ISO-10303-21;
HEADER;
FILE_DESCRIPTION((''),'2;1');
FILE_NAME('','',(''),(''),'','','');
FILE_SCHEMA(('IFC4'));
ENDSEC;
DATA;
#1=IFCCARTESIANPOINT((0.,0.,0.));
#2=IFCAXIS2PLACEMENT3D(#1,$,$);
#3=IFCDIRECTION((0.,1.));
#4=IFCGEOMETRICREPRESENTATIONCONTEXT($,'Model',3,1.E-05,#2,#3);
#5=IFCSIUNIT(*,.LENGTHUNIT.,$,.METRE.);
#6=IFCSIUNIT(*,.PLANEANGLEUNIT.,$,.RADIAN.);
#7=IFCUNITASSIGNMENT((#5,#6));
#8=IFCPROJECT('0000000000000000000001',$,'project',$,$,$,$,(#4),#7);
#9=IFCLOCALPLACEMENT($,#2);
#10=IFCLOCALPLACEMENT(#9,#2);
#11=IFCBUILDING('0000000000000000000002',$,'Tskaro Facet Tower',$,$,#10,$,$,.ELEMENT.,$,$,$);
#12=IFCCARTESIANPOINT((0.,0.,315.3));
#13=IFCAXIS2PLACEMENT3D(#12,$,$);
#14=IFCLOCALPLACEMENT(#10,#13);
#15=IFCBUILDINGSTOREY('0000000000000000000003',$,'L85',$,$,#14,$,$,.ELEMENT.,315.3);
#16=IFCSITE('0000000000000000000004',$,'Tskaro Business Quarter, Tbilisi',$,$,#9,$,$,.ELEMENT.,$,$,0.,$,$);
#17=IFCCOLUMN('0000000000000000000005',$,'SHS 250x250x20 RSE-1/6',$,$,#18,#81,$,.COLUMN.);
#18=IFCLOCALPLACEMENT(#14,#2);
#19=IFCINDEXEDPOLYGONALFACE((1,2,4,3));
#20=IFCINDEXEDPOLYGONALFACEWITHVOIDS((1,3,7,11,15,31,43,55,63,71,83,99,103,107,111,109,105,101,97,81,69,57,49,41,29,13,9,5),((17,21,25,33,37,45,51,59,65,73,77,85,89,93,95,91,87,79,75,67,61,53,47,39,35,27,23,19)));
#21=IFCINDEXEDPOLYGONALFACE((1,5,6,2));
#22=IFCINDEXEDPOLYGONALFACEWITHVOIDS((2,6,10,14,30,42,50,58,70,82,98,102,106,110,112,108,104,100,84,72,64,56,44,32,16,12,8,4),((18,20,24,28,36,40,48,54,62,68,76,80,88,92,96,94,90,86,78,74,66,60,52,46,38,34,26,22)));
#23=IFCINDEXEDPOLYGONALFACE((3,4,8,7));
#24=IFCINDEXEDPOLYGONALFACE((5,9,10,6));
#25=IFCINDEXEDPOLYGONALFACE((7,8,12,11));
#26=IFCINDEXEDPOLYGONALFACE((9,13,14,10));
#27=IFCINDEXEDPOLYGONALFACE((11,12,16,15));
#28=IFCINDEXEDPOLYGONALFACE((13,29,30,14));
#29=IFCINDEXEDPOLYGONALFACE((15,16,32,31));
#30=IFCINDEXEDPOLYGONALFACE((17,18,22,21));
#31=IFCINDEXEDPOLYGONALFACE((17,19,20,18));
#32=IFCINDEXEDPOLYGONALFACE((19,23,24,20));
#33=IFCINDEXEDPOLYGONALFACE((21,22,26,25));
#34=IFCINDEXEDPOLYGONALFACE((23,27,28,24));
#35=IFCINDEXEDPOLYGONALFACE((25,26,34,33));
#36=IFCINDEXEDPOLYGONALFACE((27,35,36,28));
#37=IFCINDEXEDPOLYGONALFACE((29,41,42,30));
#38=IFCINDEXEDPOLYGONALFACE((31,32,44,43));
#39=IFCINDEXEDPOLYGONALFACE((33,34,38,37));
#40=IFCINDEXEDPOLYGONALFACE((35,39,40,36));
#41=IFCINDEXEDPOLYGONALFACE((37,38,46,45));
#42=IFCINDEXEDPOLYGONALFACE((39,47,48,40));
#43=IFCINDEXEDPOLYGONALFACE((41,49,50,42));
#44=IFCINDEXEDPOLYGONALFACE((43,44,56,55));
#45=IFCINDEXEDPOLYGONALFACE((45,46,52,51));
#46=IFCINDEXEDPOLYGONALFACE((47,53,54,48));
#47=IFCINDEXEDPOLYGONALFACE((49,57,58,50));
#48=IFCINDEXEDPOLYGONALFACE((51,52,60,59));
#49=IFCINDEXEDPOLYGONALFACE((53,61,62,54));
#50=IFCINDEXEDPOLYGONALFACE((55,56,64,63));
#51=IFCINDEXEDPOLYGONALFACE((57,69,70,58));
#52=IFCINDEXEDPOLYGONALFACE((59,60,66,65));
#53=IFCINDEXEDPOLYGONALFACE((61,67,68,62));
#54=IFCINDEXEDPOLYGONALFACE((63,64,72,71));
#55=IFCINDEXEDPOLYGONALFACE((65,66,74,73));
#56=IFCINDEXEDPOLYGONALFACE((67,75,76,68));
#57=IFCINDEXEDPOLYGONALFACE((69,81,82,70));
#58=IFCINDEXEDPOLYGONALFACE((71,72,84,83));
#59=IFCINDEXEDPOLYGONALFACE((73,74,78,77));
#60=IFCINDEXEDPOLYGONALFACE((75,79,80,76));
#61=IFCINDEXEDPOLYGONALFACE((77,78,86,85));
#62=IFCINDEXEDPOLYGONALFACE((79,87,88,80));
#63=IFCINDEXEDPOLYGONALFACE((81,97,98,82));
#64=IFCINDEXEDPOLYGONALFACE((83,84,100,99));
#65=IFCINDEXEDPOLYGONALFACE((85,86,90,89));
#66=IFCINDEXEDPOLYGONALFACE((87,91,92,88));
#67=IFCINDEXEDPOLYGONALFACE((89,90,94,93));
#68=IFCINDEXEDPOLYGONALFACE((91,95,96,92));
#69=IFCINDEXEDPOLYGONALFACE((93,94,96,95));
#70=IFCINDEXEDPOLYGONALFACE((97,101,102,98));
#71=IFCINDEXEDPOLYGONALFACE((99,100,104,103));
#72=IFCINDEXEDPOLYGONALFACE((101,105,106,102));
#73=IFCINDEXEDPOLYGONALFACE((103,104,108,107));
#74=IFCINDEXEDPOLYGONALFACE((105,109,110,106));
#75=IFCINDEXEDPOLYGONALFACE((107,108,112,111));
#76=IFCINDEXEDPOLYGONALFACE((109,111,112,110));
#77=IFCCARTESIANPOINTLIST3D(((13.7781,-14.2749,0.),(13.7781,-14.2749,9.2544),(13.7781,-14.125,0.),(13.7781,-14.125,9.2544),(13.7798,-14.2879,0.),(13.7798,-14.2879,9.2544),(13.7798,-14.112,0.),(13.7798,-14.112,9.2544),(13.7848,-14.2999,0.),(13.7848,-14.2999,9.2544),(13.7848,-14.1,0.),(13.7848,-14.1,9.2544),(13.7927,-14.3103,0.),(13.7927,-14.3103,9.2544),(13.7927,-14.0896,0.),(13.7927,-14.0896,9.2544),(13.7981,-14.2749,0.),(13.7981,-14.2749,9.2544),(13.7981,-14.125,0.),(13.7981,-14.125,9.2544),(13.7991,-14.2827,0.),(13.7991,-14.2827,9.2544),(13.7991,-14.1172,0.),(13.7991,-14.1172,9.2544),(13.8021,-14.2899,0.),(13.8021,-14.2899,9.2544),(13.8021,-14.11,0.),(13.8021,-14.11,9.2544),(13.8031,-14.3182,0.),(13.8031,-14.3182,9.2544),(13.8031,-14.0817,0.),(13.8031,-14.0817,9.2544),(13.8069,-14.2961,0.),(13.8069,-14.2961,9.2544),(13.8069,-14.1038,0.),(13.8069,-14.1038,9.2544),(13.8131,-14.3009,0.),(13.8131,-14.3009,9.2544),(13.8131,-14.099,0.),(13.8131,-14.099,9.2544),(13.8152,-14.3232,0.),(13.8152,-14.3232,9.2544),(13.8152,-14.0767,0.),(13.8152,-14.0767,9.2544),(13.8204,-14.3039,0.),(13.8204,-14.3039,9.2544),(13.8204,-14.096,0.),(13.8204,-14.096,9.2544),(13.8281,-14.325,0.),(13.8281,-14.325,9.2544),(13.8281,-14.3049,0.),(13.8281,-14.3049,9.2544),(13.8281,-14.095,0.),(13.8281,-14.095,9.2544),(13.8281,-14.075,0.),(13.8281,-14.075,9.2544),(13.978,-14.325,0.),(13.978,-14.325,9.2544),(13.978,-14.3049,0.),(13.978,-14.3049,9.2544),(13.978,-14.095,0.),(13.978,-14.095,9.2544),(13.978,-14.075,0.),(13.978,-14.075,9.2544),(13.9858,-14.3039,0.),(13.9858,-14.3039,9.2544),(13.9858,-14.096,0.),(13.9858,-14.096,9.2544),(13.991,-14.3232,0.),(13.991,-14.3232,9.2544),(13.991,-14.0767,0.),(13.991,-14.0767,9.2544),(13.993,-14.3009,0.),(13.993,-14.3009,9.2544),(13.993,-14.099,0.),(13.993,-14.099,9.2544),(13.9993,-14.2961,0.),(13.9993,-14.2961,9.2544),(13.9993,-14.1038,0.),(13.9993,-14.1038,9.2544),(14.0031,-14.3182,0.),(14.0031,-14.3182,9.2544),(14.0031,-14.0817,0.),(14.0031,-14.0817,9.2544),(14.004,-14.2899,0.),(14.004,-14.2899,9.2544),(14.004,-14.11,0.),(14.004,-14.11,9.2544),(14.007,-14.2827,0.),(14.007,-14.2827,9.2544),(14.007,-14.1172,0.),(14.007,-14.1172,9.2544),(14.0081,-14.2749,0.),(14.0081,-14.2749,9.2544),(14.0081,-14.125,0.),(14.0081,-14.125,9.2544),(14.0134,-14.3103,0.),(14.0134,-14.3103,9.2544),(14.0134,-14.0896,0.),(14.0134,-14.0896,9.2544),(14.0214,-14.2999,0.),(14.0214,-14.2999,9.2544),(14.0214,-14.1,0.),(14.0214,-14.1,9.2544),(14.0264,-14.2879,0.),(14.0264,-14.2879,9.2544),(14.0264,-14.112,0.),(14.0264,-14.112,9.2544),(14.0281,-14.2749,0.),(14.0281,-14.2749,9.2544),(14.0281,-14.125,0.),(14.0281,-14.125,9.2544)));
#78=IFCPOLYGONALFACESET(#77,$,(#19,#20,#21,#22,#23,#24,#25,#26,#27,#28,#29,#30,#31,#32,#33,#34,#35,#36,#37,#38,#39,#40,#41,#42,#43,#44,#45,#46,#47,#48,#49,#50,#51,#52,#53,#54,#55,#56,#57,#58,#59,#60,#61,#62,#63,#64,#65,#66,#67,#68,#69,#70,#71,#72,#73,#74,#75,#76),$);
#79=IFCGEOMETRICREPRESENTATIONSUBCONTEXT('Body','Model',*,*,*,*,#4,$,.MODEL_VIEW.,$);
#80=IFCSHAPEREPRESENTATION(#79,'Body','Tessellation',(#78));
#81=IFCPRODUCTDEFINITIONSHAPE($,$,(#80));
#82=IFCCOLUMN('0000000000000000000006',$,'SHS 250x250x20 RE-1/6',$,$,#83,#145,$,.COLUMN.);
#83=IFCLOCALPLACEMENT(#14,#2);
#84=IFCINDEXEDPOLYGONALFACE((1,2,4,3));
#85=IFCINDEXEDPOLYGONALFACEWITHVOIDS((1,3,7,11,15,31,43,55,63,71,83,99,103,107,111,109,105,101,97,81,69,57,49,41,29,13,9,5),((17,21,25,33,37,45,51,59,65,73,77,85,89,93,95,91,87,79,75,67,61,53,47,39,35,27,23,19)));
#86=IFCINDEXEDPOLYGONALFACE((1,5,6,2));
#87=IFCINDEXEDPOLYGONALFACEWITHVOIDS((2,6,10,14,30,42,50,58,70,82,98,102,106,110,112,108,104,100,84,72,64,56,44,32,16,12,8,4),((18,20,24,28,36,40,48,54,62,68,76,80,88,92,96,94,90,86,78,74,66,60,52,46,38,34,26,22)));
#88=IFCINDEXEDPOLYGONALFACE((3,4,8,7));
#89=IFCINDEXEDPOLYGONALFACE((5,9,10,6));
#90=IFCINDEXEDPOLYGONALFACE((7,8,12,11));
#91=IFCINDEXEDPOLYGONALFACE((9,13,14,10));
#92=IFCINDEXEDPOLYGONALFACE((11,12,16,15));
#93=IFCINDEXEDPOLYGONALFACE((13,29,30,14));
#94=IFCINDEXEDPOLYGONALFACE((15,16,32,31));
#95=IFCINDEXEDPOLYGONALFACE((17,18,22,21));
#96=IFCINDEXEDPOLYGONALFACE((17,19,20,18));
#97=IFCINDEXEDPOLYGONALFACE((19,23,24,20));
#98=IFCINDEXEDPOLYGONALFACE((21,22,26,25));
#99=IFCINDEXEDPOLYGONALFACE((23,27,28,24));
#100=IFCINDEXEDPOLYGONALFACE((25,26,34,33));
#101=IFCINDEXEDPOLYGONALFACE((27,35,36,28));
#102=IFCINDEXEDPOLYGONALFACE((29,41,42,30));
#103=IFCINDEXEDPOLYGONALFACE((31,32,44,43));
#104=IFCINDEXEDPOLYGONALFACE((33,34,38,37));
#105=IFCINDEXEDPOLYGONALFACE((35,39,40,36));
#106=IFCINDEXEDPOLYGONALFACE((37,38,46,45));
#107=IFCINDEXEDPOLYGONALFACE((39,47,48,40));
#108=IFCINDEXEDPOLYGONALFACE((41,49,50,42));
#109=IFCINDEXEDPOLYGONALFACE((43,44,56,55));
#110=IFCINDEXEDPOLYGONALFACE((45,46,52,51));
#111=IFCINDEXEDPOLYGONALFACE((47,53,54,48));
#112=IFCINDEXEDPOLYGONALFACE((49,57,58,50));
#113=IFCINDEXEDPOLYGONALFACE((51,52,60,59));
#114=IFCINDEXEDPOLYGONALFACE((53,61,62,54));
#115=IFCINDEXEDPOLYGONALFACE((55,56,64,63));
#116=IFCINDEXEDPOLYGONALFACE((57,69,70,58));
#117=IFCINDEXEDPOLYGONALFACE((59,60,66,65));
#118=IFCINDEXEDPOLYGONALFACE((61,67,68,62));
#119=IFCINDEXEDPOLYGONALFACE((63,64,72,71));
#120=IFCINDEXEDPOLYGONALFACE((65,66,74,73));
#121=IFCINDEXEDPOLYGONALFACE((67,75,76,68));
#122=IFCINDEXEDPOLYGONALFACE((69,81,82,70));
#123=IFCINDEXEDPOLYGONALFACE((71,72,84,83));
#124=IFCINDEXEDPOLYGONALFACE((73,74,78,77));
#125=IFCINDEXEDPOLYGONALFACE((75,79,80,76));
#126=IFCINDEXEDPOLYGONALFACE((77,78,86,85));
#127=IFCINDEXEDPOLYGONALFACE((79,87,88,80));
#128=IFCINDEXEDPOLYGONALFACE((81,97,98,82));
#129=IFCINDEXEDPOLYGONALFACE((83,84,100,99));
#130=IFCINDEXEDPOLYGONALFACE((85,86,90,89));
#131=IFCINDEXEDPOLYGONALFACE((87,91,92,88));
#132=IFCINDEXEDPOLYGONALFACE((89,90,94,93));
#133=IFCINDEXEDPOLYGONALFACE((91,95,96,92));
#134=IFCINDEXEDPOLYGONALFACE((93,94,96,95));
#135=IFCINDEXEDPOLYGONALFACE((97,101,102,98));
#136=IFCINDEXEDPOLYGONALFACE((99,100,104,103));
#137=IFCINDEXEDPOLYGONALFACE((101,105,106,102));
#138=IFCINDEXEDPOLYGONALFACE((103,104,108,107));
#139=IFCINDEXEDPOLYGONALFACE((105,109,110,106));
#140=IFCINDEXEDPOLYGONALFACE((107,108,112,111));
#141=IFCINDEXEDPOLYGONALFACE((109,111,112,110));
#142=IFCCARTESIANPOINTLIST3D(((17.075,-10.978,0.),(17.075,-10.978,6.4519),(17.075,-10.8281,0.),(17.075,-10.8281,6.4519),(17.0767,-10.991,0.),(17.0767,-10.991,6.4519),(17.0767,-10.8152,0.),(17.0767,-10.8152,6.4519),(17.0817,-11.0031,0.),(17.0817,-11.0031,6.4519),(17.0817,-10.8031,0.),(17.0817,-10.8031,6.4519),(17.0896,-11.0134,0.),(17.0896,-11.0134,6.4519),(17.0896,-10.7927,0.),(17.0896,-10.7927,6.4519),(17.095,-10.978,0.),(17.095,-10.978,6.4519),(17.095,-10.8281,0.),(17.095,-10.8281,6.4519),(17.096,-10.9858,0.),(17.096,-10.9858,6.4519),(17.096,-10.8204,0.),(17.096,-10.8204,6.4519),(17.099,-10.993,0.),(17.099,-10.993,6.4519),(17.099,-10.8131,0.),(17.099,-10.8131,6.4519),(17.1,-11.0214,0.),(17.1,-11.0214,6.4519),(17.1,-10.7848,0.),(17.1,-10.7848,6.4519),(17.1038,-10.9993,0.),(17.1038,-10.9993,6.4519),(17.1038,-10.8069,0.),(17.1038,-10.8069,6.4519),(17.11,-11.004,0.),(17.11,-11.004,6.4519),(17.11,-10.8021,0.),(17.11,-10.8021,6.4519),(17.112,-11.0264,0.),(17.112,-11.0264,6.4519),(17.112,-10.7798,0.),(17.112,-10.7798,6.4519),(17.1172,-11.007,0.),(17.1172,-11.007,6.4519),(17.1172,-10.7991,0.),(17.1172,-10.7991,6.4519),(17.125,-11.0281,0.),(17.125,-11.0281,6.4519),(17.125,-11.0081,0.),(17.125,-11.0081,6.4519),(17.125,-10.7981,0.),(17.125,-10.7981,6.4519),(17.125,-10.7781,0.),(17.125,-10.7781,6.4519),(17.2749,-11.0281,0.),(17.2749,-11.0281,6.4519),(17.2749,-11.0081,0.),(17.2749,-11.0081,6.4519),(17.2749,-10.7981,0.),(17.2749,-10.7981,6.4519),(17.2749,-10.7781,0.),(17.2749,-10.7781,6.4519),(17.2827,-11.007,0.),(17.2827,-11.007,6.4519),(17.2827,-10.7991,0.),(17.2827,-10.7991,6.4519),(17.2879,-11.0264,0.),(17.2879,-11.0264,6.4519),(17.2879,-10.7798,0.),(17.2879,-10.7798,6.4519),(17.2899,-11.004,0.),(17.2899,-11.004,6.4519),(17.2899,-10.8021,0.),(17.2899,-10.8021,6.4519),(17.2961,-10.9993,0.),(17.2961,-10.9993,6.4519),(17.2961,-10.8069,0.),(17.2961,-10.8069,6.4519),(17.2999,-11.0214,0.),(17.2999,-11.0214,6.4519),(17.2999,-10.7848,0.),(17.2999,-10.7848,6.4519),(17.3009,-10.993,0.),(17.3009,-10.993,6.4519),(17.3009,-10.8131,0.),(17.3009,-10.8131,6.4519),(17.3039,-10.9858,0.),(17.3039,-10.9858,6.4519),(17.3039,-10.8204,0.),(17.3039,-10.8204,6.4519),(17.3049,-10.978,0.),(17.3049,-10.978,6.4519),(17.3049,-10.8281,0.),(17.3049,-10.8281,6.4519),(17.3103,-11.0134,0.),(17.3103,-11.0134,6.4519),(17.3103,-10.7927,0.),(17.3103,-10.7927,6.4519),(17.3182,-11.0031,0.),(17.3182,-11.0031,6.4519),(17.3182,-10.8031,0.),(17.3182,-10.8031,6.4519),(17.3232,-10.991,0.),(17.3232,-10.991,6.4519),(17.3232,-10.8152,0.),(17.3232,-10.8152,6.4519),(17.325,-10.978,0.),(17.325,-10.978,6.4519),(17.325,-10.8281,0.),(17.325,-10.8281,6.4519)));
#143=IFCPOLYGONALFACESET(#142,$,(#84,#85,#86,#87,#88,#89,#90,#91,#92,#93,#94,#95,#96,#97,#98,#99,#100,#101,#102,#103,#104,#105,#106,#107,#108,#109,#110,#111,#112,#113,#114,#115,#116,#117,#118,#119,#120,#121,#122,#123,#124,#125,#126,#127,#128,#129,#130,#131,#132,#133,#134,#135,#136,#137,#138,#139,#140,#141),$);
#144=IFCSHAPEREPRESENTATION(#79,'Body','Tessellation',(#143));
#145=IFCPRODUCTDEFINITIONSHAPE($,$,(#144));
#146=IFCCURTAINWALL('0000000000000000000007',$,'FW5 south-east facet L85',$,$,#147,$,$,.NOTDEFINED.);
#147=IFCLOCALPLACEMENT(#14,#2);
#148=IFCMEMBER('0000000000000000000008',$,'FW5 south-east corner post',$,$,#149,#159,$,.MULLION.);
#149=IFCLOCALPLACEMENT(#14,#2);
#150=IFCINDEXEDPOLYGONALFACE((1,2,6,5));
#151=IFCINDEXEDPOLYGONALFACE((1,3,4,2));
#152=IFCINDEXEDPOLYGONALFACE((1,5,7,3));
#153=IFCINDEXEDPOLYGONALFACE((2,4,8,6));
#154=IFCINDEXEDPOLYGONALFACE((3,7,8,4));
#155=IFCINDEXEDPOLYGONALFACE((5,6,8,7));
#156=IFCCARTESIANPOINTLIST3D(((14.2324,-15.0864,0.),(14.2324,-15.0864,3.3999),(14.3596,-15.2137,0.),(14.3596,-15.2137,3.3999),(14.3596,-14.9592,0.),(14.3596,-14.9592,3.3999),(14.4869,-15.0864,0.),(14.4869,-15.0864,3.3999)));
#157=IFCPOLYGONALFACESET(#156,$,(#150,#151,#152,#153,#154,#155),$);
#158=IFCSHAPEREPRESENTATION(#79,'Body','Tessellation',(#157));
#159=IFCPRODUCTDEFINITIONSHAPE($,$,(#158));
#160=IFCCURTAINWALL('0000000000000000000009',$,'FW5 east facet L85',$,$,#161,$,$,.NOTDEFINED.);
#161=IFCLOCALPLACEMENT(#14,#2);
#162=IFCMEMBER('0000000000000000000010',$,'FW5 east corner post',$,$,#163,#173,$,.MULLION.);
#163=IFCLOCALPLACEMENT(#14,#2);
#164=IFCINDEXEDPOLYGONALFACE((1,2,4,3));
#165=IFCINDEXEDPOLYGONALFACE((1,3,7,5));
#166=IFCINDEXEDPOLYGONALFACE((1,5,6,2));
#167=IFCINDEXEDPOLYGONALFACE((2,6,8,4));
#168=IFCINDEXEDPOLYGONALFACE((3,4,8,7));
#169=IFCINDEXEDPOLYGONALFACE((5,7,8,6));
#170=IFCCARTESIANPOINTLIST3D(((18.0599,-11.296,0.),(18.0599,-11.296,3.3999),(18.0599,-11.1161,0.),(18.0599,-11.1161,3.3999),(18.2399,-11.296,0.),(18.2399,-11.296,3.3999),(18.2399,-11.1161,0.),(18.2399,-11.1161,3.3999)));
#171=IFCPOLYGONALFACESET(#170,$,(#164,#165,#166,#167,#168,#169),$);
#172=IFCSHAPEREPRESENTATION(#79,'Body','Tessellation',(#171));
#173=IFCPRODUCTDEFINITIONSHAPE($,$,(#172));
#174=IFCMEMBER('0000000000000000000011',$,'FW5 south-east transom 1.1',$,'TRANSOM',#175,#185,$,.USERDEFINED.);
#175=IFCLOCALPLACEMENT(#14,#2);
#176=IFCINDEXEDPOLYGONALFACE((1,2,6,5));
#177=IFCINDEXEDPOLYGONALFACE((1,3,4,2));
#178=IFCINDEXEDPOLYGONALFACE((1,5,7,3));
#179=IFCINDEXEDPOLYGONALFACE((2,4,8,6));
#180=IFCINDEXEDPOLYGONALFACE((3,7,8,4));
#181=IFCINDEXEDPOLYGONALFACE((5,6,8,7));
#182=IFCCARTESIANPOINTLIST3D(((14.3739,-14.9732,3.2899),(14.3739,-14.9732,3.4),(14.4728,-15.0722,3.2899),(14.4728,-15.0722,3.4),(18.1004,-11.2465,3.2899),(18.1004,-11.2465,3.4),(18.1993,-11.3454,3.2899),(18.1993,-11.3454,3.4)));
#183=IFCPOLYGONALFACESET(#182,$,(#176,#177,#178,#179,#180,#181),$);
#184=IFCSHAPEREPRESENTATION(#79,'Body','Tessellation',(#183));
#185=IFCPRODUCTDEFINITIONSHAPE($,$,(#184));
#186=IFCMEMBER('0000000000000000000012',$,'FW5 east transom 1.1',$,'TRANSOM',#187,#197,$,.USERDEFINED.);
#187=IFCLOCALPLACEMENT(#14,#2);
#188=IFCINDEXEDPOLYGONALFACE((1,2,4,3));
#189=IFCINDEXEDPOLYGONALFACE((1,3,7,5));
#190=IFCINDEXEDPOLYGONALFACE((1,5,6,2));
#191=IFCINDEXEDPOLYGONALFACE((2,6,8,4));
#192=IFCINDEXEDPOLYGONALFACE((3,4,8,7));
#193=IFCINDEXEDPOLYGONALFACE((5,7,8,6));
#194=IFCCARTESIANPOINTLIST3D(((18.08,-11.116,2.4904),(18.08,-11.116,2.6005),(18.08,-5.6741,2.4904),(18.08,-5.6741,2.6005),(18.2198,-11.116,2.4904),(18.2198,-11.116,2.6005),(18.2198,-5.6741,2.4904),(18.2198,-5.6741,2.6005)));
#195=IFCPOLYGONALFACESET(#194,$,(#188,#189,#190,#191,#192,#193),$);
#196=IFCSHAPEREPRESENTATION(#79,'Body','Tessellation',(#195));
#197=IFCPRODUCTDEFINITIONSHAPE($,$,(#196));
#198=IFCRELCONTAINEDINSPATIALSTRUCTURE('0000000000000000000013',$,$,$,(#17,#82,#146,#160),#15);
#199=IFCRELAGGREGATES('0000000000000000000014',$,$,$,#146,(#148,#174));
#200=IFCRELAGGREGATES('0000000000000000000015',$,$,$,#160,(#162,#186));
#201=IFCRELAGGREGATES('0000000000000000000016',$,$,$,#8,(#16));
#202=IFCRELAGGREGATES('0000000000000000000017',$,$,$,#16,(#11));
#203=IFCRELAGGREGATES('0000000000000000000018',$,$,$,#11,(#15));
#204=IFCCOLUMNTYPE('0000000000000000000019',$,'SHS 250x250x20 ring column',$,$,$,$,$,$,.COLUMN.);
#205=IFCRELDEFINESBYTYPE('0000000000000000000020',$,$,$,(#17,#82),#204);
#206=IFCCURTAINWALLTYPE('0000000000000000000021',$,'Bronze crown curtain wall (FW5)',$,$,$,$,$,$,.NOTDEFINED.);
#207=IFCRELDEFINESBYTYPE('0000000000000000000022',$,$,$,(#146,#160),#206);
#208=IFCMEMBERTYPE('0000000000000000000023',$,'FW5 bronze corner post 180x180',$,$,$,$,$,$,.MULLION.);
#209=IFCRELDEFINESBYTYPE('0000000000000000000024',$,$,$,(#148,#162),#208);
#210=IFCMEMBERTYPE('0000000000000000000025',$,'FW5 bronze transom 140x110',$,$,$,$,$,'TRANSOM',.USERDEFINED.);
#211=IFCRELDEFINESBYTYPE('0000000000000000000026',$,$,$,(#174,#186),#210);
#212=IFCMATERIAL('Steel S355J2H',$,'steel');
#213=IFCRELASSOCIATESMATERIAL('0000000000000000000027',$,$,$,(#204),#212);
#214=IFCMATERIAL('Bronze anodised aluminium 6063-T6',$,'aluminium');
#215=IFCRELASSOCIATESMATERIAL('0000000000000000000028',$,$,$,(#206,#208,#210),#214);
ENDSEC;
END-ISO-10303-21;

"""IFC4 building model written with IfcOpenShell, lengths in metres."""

from ifc_helpers import new_model, si_unit, direction, frame, origin, origin_2d, place, context, subcontext, project, spatial, rectangle, hollow_rectangle, extrude, material, material_profile, profile_set, type_object, element, aggregate, save


model = new_model("IFC4")

# Units and contexts
model_context = context("Model", 3, precision=1e-05, world=origin(), true_north=direction((0.0, 1.0)))
body_context = subcontext(model_context, "Body", "Model", "MODEL_VIEW")
ifc_project = project(units=[si_unit("LENGTHUNIT", "METRE"), si_unit("PLANEANGLEUNIT", "RADIAN")], contexts=[model_context])

# Site, building, storey
site_placement = place(None, origin())
site = spatial("IfcSite", under=ifc_project, at=site_placement, Name="Tskaro Business Quarter, Tbilisi", CompositionType="ELEMENT", RefElevation=0.0)
building_placement = place(site_placement, origin())
building = spatial("IfcBuilding", under=site, at=building_placement, Name="Tskaro Facet Tower", CompositionType="ELEMENT")
storey_placement = place(building_placement, frame((0.0, 0.0, 315.3)))
storey = spatial("IfcBuildingStorey", under=building, at=storey_placement, Name="L85", CompositionType="ELEMENT", Elevation=315.3)

# Columns
ifc_material_1 = material(Name="Steel S355J2H", Category="steel")
ifc_material_profile_1 = material_profile(ifc_material_1, hollow_rectangle(XDim=0.25, YDim=0.25, WallThickness=0.02, InnerFilletRadius=0.03, OuterFilletRadius=0.05, at=origin_2d()), Name="SHS 250x250x20")
ifc_profile_set_1 = profile_set([ifc_material_profile_1], Name="Steel S355J2H")
column_type = type_object("IfcColumnType", Name="SHS 250x250x20 ring column", PredefinedType="COLUMN", material=ifc_profile_set_1)
column_1_placement = place(storey_placement, frame((13.9031, -14.2, 0.0), z_axis=(0.0, 0.0, 1.0), x_axis=(1.0, 0.0, 0.0)))
element("IfcColumn", 1, at=column_1_placement, inside=storey, type_object=column_type, Name="SHS 250x250x20 RSE-1/6", PredefinedType="COLUMN", context=body_context, shape_type="SweptSolid", body=[
    extrude(hollow_rectangle(XDim=0.25, YDim=0.25, WallThickness=0.02, InnerFilletRadius=0.03, OuterFilletRadius=0.05, at=origin_2d()), origin(), (0.0, 0.0, 1.0), 9.2544),
])
column_2_placement = place(storey_placement, frame((17.2, -10.9031, 0.0), z_axis=(0.0, 0.0, 1.0), x_axis=(1.0, 0.0, 0.0)))
element("IfcColumn", 2, at=column_2_placement, inside=storey, type_object=column_type, Name="SHS 250x250x20 RE-1/6", PredefinedType="COLUMN", context=body_context, shape_type="SweptSolid", body=[
    extrude(hollow_rectangle(XDim=0.25, YDim=0.25, WallThickness=0.02, InnerFilletRadius=0.03, OuterFilletRadius=0.05, at=origin_2d()), origin(), (0.0, 0.0, 1.0), 6.4519),
])

# Curtain walls, members
ifc_material_2 = material(Name="Bronze anodised aluminium 6063-T6", Category="aluminium")
curtain_wall_type_1 = type_object("IfcCurtainWallType", Name="Bronze crown curtain wall (FW5)", PredefinedType="NOTDEFINED", material=ifc_material_2)
curtain_wall_1_placement = place(storey_placement, origin())
curtain_wall_1 = element("IfcCurtainWall", 3, at=curtain_wall_1_placement, inside=storey, type_object=curtain_wall_type_1, Name="FW5 south-east facet L85", PredefinedType="NOTDEFINED")
ifc_material_profile_2 = material_profile(ifc_material_2, rectangle(XDim=0.1799, YDim=0.1799, at=origin_2d()), Name="Corner post 180x180")
ifc_profile_set_2 = profile_set([ifc_material_profile_2], Name="Bronze anodised aluminium 6063-T6")
member_type_1 = type_object("IfcMemberType", Name="FW5 bronze corner post 180x180", PredefinedType="MULLION", material=ifc_profile_set_2)
member_1_placement = place(storey_placement, frame((14.3596, -15.0864, 0.0), z_axis=(0.0, 0.0, 1.0), x_axis=(0.707107, 0.707107, 0.0)))
member_1 = element("IfcMember", 4, at=member_1_placement, type_object=member_type_1, Name="FW5 south-east corner post", PredefinedType="MULLION", context=body_context, shape_type="SweptSolid", body=[
    extrude(rectangle(XDim=0.1799, YDim=0.1799, at=origin_2d()), origin(), (0.0, 0.0, 1.0), 3.3999),
])
curtain_wall_2_placement = place(storey_placement, origin())
curtain_wall_2 = element("IfcCurtainWall", 5, at=curtain_wall_2_placement, inside=storey, type_object=curtain_wall_type_1, Name="FW5 east facet L85", PredefinedType="NOTDEFINED")
member_2_placement = place(storey_placement, frame((18.1499, -11.2061, 0.0), z_axis=(0.0, 0.0, 1.0), x_axis=(0.0, 1.0, 0.0)))
member_2 = element("IfcMember", 6, at=member_2_placement, type_object=member_type_1, Name="FW5 east corner post", PredefinedType="MULLION", context=body_context, shape_type="SweptSolid", body=[
    extrude(rectangle(XDim=0.1799, YDim=0.1799, at=origin_2d()), origin(), (0.0, 0.0, 1.0), 3.3999),
])

# Members
ifc_material_profile_3 = material_profile(ifc_material_2, rectangle(XDim=0.1399, YDim=0.1101, at=origin_2d()), Name="Transom 140x110")
ifc_profile_set_3 = profile_set([ifc_material_profile_3], Name="Bronze anodised aluminium 6063-T6")
member_type_2 = type_object("IfcMemberType", Name="FW5 bronze transom 140x110", ElementType="TRANSOM", PredefinedType="USERDEFINED", material=ifc_profile_set_3)
member_3_placement = place(storey_placement, frame((14.4233, -15.0227, 3.345), z_axis=(0.707084, 0.70713, 0.0), x_axis=(-0.70713, 0.707084, 0.0)))
member_3 = element("IfcMember", 7, at=member_3_placement, type_object=member_type_2, Name="FW5 south-east transom 1.1", ObjectType="TRANSOM", PredefinedType="USERDEFINED", context=body_context, shape_type="SweptSolid", body=[
    extrude(rectangle(XDim=0.1399, YDim=0.1101, at=origin_2d()), origin(), (0.0, 0.0, 1.0), 5.2703),
])
member_4_placement = place(storey_placement, frame((18.1499, -11.116, 2.5454), z_axis=(0.0, 1.0, 0.0), x_axis=(-1.0, 0.0, 0.0)))
member_4 = element("IfcMember", 8, at=member_4_placement, type_object=member_type_2, Name="FW5 east transom 1.1", ObjectType="TRANSOM", PredefinedType="USERDEFINED", context=body_context, shape_type="SweptSolid", body=[
    extrude(rectangle(XDim=0.1399, YDim=0.1101, at=origin_2d()), origin(), (0.0, 0.0, 1.0), 5.4419),
])

aggregate(curtain_wall_1, [member_1, member_3])
aggregate(curtain_wall_2, [member_2, member_4])

save(model, "model.ifc")
